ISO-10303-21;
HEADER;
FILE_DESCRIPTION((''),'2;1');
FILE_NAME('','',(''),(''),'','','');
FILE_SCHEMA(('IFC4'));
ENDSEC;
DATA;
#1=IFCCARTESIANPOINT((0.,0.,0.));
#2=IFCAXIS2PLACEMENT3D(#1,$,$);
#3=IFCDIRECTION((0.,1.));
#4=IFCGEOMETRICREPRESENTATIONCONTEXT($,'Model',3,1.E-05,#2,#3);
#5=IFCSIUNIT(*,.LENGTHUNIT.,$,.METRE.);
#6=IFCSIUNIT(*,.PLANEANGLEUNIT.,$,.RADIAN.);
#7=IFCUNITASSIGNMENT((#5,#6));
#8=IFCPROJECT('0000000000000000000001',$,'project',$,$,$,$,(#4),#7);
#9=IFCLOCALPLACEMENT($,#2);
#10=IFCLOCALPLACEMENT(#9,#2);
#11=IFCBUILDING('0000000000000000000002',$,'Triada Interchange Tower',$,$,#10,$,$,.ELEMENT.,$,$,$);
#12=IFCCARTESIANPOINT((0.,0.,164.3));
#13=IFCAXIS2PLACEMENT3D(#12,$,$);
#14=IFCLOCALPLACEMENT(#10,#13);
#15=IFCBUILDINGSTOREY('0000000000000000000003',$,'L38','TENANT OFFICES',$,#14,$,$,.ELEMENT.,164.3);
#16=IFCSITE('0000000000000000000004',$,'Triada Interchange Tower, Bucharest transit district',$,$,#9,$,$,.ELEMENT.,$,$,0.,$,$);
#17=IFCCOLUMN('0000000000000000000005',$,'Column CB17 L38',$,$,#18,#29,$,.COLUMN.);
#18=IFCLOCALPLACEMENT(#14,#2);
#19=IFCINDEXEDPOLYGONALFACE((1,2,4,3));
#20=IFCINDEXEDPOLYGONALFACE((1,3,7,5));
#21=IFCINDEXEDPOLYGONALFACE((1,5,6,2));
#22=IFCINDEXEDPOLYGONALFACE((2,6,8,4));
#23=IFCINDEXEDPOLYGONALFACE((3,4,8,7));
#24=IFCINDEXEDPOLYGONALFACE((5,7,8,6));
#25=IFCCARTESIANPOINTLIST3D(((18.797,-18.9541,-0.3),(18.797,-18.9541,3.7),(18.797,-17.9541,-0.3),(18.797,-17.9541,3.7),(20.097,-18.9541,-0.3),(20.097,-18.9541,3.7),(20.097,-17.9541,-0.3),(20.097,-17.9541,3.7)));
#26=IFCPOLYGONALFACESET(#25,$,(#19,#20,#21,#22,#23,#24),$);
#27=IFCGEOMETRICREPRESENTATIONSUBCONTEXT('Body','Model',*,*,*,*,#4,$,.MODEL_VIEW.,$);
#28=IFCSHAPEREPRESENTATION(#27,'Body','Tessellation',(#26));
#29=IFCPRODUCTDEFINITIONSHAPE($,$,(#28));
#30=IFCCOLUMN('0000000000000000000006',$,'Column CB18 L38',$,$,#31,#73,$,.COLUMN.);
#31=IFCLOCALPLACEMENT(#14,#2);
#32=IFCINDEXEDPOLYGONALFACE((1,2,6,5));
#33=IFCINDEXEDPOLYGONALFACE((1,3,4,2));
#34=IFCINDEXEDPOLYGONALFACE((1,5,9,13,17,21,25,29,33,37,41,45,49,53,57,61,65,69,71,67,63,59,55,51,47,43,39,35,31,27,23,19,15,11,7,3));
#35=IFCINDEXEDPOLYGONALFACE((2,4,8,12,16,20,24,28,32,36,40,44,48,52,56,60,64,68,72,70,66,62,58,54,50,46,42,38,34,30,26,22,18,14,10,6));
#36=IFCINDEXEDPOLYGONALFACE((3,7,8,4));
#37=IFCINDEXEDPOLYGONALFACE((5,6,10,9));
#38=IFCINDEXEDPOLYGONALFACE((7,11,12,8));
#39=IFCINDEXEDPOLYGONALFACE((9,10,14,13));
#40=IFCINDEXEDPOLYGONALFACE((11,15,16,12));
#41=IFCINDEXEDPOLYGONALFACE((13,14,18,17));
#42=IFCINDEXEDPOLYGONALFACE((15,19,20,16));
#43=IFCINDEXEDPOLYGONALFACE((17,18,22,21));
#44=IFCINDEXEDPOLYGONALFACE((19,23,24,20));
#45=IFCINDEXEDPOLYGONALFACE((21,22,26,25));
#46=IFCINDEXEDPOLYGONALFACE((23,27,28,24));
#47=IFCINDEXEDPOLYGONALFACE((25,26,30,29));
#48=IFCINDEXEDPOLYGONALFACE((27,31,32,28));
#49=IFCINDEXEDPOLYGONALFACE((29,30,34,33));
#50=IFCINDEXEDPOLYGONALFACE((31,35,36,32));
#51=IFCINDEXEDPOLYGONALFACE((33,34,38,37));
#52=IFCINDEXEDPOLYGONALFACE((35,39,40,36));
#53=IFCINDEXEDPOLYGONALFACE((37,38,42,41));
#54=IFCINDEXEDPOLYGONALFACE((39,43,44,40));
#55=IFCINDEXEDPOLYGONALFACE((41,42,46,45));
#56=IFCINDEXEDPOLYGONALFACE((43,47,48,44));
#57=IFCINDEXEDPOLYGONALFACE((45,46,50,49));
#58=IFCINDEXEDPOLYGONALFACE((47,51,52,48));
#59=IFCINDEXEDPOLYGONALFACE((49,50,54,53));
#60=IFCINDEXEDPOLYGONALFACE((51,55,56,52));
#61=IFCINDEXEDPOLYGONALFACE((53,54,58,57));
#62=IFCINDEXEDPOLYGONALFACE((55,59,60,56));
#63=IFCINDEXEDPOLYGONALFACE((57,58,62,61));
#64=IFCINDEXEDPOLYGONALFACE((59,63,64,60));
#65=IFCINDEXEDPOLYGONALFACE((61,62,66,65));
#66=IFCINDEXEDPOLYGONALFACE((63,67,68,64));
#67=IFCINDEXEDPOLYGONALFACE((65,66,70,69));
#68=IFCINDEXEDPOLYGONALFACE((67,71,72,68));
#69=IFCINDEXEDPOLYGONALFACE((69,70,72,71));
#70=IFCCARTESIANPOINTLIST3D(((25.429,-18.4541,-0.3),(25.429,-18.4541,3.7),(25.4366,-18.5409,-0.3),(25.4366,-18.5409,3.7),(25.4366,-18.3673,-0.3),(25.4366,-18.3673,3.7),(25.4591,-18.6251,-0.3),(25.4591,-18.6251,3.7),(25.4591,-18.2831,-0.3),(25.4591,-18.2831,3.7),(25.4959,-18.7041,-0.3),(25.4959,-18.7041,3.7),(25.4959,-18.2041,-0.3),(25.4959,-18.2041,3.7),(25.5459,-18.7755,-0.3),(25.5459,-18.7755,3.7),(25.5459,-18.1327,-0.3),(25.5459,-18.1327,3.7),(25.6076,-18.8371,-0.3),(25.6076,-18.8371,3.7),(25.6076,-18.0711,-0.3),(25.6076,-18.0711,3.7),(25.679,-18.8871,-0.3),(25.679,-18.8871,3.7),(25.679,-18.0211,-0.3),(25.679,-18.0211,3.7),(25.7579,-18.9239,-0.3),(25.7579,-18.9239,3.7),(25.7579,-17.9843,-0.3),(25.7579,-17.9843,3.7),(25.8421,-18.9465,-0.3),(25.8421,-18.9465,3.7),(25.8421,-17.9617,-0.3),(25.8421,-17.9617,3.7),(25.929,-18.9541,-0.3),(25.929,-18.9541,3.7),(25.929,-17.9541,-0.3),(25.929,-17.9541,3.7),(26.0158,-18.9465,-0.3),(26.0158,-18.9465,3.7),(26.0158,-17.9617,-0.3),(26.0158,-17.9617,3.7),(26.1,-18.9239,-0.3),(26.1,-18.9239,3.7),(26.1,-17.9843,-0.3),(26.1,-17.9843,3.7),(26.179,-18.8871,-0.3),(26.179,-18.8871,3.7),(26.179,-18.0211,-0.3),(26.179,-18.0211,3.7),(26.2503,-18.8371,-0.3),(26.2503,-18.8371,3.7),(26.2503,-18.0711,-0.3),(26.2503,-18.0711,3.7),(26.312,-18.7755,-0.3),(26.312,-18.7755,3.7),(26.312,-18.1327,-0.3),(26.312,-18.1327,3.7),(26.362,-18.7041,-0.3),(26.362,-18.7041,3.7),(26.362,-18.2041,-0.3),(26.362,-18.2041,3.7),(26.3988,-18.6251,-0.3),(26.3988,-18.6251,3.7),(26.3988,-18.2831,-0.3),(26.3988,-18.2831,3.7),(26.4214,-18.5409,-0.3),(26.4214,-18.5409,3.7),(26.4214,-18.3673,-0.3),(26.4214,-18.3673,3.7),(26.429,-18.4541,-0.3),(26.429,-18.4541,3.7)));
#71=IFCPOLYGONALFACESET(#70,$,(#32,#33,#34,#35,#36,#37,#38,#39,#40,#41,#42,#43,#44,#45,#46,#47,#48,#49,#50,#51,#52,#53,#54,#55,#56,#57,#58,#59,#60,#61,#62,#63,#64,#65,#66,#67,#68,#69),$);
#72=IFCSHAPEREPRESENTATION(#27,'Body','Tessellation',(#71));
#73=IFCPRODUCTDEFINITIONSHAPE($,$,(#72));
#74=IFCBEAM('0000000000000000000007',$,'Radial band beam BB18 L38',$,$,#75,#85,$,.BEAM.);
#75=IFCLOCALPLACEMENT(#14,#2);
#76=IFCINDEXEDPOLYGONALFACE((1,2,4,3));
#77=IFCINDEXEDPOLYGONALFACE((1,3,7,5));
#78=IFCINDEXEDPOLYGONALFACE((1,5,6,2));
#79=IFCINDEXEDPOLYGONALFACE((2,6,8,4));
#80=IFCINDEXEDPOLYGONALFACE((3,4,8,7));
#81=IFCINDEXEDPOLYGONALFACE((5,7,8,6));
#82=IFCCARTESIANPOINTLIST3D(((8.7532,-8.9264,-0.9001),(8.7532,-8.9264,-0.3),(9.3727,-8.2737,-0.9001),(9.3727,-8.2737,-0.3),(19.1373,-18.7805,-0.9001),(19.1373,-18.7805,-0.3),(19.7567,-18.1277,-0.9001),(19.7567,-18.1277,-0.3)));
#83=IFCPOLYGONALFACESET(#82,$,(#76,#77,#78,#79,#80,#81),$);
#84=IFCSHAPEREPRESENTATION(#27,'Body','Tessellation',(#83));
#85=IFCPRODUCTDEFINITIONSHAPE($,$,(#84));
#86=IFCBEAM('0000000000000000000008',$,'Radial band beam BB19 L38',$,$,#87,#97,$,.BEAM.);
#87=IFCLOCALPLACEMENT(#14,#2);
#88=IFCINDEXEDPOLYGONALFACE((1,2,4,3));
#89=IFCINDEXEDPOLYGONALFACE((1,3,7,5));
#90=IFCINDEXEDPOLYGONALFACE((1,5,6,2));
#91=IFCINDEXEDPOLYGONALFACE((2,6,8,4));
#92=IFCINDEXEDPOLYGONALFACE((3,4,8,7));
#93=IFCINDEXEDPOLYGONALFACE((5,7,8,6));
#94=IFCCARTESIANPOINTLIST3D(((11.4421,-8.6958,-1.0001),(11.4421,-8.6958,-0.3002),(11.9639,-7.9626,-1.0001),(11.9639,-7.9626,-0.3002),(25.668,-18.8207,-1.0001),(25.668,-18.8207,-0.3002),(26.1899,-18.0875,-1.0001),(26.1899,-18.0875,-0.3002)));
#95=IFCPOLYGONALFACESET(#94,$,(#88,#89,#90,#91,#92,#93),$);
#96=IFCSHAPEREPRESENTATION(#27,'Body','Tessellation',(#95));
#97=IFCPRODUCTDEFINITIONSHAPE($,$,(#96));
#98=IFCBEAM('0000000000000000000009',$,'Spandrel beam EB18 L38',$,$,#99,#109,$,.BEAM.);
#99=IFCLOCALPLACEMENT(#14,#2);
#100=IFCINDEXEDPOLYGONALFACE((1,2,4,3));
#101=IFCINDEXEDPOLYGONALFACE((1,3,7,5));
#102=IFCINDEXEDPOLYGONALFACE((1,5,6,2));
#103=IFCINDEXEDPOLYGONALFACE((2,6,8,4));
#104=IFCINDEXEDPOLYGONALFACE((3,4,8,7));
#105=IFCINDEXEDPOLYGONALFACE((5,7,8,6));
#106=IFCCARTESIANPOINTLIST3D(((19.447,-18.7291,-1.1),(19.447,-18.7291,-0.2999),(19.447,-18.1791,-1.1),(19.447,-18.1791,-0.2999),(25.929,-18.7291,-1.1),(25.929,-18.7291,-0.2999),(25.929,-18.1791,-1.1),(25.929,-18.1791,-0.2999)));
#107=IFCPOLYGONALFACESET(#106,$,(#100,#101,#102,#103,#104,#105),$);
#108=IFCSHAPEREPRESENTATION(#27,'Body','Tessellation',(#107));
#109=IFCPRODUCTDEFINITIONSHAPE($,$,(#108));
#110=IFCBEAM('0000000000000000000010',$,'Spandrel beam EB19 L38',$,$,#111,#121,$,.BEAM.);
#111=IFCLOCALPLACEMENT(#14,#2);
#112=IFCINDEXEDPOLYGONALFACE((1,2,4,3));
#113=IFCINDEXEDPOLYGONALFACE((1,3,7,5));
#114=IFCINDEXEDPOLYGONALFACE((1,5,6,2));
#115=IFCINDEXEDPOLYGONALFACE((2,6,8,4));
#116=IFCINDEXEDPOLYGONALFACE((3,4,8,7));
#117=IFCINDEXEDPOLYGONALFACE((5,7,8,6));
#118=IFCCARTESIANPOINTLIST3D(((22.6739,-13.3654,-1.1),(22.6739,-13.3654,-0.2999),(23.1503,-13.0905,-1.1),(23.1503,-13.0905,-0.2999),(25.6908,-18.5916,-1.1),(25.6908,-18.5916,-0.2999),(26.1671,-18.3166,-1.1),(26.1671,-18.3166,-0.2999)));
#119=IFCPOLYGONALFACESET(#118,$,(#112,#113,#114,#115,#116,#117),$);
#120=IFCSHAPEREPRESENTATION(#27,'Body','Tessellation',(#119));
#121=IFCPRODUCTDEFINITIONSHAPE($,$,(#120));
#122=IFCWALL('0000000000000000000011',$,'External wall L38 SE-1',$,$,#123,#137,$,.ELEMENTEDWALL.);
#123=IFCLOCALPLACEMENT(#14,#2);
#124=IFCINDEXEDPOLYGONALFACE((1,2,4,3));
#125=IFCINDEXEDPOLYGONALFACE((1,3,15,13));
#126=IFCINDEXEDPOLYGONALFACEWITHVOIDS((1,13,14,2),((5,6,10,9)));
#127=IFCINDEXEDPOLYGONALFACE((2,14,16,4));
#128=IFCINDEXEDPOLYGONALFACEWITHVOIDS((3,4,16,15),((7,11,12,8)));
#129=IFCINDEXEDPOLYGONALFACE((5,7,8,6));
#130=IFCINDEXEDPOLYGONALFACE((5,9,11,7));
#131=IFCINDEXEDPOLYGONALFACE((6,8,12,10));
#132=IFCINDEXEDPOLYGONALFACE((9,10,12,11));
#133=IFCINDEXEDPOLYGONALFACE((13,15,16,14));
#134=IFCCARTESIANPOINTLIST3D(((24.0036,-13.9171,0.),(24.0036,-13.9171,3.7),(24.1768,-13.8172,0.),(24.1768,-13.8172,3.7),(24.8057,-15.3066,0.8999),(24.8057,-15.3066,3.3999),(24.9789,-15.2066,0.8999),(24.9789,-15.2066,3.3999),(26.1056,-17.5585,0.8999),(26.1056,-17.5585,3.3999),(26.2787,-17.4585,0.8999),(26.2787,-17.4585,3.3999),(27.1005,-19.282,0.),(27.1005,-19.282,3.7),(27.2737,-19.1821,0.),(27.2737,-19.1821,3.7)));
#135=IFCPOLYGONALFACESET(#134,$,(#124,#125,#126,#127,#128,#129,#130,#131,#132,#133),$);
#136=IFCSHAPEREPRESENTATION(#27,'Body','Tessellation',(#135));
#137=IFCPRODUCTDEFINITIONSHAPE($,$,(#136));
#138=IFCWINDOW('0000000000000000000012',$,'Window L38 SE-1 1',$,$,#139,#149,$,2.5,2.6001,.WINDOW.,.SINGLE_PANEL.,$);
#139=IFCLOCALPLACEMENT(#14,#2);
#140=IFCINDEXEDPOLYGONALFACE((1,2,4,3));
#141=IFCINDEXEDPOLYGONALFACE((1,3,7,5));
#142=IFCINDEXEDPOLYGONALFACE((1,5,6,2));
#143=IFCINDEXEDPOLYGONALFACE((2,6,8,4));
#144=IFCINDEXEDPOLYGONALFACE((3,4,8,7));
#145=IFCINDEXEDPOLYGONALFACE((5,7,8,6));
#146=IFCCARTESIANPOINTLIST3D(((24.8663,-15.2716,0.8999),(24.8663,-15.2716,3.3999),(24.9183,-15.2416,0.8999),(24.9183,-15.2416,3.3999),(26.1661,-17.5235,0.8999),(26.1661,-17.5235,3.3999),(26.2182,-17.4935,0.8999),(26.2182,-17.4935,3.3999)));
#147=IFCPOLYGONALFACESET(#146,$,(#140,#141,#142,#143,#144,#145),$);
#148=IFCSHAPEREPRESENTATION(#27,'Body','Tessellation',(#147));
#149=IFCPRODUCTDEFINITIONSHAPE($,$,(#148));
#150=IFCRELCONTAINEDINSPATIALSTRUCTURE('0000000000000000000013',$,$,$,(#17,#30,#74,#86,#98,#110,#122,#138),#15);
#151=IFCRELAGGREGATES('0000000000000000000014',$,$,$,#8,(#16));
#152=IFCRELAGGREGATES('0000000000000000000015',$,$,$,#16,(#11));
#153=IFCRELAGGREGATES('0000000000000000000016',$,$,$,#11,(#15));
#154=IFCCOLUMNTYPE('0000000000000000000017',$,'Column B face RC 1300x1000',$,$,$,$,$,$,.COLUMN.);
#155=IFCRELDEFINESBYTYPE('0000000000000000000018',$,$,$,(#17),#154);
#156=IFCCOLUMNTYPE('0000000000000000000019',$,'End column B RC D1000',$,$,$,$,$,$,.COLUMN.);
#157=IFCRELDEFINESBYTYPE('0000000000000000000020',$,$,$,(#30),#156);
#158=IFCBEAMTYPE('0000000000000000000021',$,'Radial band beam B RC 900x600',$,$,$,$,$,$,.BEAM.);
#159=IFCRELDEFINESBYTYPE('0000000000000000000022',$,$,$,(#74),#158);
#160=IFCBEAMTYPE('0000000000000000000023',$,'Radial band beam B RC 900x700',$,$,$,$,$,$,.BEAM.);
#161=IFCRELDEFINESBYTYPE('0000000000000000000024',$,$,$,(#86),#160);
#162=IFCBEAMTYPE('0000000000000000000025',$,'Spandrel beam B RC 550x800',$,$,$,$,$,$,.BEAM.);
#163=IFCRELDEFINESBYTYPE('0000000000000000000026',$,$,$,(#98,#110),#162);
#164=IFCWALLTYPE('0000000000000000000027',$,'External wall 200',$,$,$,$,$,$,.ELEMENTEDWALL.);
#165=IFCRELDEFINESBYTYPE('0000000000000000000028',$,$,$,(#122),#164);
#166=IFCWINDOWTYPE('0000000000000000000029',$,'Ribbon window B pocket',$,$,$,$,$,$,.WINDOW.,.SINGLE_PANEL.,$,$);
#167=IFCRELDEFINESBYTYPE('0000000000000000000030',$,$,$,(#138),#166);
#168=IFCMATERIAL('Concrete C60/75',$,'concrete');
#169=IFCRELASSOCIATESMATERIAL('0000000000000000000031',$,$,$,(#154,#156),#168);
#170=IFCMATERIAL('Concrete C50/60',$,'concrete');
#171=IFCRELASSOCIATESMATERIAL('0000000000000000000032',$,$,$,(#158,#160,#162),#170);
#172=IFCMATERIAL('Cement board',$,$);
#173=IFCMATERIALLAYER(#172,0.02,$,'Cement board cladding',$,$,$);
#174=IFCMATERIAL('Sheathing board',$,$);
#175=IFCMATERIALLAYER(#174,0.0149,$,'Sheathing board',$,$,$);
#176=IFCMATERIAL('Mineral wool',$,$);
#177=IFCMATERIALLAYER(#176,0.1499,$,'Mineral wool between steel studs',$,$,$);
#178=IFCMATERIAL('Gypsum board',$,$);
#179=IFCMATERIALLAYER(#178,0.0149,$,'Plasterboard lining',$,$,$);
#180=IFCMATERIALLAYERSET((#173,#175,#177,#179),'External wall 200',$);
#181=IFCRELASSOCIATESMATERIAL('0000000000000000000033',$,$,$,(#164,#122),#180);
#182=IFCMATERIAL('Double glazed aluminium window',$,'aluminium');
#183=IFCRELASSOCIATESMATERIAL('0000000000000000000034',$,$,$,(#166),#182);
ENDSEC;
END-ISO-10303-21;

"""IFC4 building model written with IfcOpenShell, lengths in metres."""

from ifc_helpers import new_model, si_unit, direction, frame, frame_2d, origin, origin_2d, place, context, subcontext, project, spatial, rectangle, circle, extrude, material, layer, layer_set, layer_usage, material_profile, profile_set, type_object, element, fill, save


model = new_model("IFC4")

# Units and contexts
model_context = context("Model", 3, precision=1e-05, world=origin(), true_north=direction((0.0, 1.0)))
body_context = subcontext(model_context, "Body", "Model", "MODEL_VIEW")
ifc_project = project(units=[si_unit("LENGTHUNIT", "METRE"), si_unit("PLANEANGLEUNIT", "RADIAN")], contexts=[model_context])

# Site, building, storey
site_placement = place(None, origin())
site = spatial("IfcSite", under=ifc_project, at=site_placement, Name="Triada Interchange Tower, Bucharest transit district", CompositionType="ELEMENT", RefElevation=0.0)
building_placement = place(site_placement, origin())
building = spatial("IfcBuilding", under=site, at=building_placement, Name="Triada Interchange Tower", CompositionType="ELEMENT")
storey_placement = place(building_placement, frame((0.0, 0.0, 164.3)))
storey = spatial("IfcBuildingStorey", under=building, at=storey_placement, Name="L38", Description="TENANT OFFICES", CompositionType="ELEMENT", Elevation=164.3)

# Columns
ifc_material_1 = material(Name="Concrete C60/75", Category="concrete")
ifc_material_profile_1 = material_profile(ifc_material_1, rectangle(XDim=1.3, YDim=1.0, at=origin_2d()), Name="RC 1300x1000")
ifc_profile_set_1 = profile_set([ifc_material_profile_1], Name="Concrete C60/75")
column_type_1 = type_object("IfcColumnType", Name="Column B face RC 1300x1000", PredefinedType="COLUMN", material=ifc_profile_set_1)
column_1_placement = place(storey_placement, frame((19.447, -18.4541, -0.3), z_axis=(0.0, 0.0, 1.0), x_axis=(1.0, 0.0, 0.0)))
element("IfcColumn", 1, at=column_1_placement, inside=storey, type_object=column_type_1, Name="Column CB17 L38", PredefinedType="COLUMN", context=body_context, shape_type="SweptSolid", body=[
    extrude(rectangle(XDim=1.3, YDim=1.0, at=origin_2d()), origin(), (0.0, 0.0, 1.0), 4.0),
])
ifc_material_profile_2 = material_profile(ifc_material_1, circle(Radius=0.5, at=origin_2d()), Name="RC D1000")
ifc_profile_set_2 = profile_set([ifc_material_profile_2], Name="Concrete C60/75")
column_type_2 = type_object("IfcColumnType", Name="End column B RC D1000", PredefinedType="COLUMN", material=ifc_profile_set_2)
column_2_placement = place(storey_placement, frame((25.929, -18.4541, -0.3), z_axis=(0.0, 0.0, 1.0), x_axis=(1.0, 0.0, 0.0)))
element("IfcColumn", 2, at=column_2_placement, inside=storey, type_object=column_type_2, Name="Column CB18 L38", PredefinedType="COLUMN", context=body_context, shape_type="SweptSolid", body=[
    extrude(circle(Radius=0.5, at=origin_2d()), origin(), (0.0, 0.0, 1.0), 4.0),
])

# Beams
ifc_material_2 = material(Name="Concrete C50/60", Category="concrete")
ifc_material_profile_3 = material_profile(ifc_material_2, rectangle(XDim=0.8999, YDim=0.6001, at=origin_2d()), Name="RC 900x600")
ifc_profile_set_3 = profile_set([ifc_material_profile_3], Name="Concrete C50/60")
beam_type_1 = type_object("IfcBeamType", Name="Radial band beam B RC 900x600", PredefinedType="BEAM", material=ifc_profile_set_3)
beam_1_placement = place(storey_placement, frame((19.447, -18.4541, -0.6001), z_axis=(-0.725377, 0.688352, 0.0), x_axis=(-0.688352, -0.725377, 0.0)))
element("IfcBeam", 3, at=beam_1_placement, inside=storey, type_object=beam_type_1, Name="Radial band beam BB18 L38", PredefinedType="BEAM", context=body_context, shape_type="SweptSolid", body=[
    extrude(rectangle(XDim=0.8999, YDim=0.6001, at=origin_2d()), origin(), (0.0, 0.0, 1.0), 14.3154),
])
ifc_material_profile_4 = material_profile(ifc_material_2, rectangle(XDim=0.8999, YDim=0.7, at=origin_2d()), Name="RC 900x700")
ifc_profile_set_4 = profile_set([ifc_material_profile_4], Name="Concrete C50/60")
beam_type_2 = type_object("IfcBeamType", Name="Radial band beam B RC 900x700", PredefinedType="BEAM", material=ifc_profile_set_4)
beam_2_placement = place(storey_placement, frame((25.929, -18.4541, -0.6501), z_axis=(-0.81472, 0.579854, 0.0), x_axis=(-0.579854, -0.81472, 0.0)))
element("IfcBeam", 4, at=beam_2_placement, inside=storey, type_object=beam_type_2, Name="Radial band beam BB19 L38", PredefinedType="BEAM", context=body_context, shape_type="SweptSolid", body=[
    extrude(rectangle(XDim=0.8999, YDim=0.7, at=origin_2d()), origin(), (0.0, 0.0, 1.0), 17.4612),
])
ifc_material_profile_5 = material_profile(ifc_material_2, rectangle(XDim=0.55, YDim=0.8, at=origin_2d()), Name="RC 550x800")
ifc_profile_set_5 = profile_set([ifc_material_profile_5], Name="Concrete C50/60")
beam_type_3 = type_object("IfcBeamType", Name="Spandrel beam B RC 550x800", PredefinedType="BEAM", material=ifc_profile_set_5)
beam_3_placement = place(storey_placement, frame((19.447, -18.4541, -0.7), z_axis=(1.0, 0.0, 0.0), x_axis=(0.0, 1.0, 0.0)))
element("IfcBeam", 5, at=beam_3_placement, inside=storey, type_object=beam_type_3, Name="Spandrel beam EB18 L38", PredefinedType="BEAM", context=body_context, shape_type="SweptSolid", body=[
    extrude(rectangle(XDim=0.55, YDim=0.8, at=origin_2d()), origin(), (0.0, 0.0, 1.0), 6.4819),
])
beam_4_placement = place(storey_placement, frame((25.929, -18.4541, -0.7), z_axis=(-0.499947, 0.866056, 0.0), x_axis=(-0.866056, -0.499947, 0.0)))
element("IfcBeam", 6, at=beam_4_placement, inside=storey, type_object=beam_type_3, Name="Spandrel beam EB19 L38", PredefinedType="BEAM", context=body_context, shape_type="SweptSolid", body=[
    extrude(rectangle(XDim=0.55, YDim=0.8, at=origin_2d()), origin(), (0.0, 0.0, 1.0), 6.0344),
])

# Wall, opening, window
ifc_material_3 = material(Name="Cement board")
ifc_layer_1 = layer(ifc_material_3, 0.02, Name="Cement board cladding")
ifc_material_4 = material(Name="Sheathing board")
ifc_layer_2 = layer(ifc_material_4, 0.0149, Name="Sheathing board")
ifc_material_5 = material(Name="Mineral wool")
ifc_layer_3 = layer(ifc_material_5, 0.1499, Name="Mineral wool between steel studs")
ifc_material_6 = material(Name="Gypsum board")
ifc_layer_4 = layer(ifc_material_6, 0.0149, Name="Plasterboard lining")
ifc_layer_set_1 = layer_set([ifc_layer_1, ifc_layer_2, ifc_layer_3, ifc_layer_4], Name="External wall 200")
ifc_layer_usage = layer_usage(ifc_layer_set_1, "AXIS2", "POSITIVE", -0.1001)
wall_type_1 = type_object("IfcWallType", Name="External wall 200", PredefinedType="ELEMENTEDWALL", material=ifc_layer_set_1)
wall_1_placement = place(storey_placement, frame((27.187, -19.2319, 0.0), z_axis=(0.0, 0.0, 1.0), x_axis=(-0.499933, 0.866064, 0.0)))
wall_1 = element("IfcWall", 7, at=wall_1_placement, inside=storey, type_object=wall_type_1, material=ifc_layer_usage, Name="External wall L38 SE-1", PredefinedType="ELEMENTEDWALL", context=body_context, shape_type="SweptSolid", body=[
    extrude(rectangle(XDim=6.1946, YDim=0.2, at=frame_2d((3.0972, 0.0))), origin(), (0.0, 0.0, 1.0), 3.7),
])
opening_1_placement = place(wall_1_placement, frame((1.99, 0.0, 0.8999)))
opening_1 = element("IfcOpeningElement", 8, at=opening_1_placement, cuts=wall_1, PredefinedType="OPENING", context=body_context, shape_type="SweptSolid", body=[
    extrude(rectangle(XDim=2.6001, YDim=2.5, at=frame_2d((1.3, 1.25))), frame((0.0, 0.1099, 0.0), z_axis=(0.0, -1.0, 0.0), x_axis=(1.0, 0.0, 0.0)), (0.0, 0.0, 1.0), 0.22),
])
ifc_material_7 = material(Name="Double glazed aluminium window", Category="aluminium")
window_type_1 = type_object("IfcWindowType", Name="Ribbon window B pocket", PartitioningType="SINGLE_PANEL", PredefinedType="WINDOW", material=ifc_material_7)
window_1_placement = place(opening_1_placement, origin())
window_1 = element("IfcWindow", 9, at=window_1_placement, inside=storey, type_object=window_type_1, Name="Window L38 SE-1 1", OverallHeight=2.5, OverallWidth=2.6001, PartitioningType="SINGLE_PANEL", PredefinedType="WINDOW", context=body_context, shape_type="SweptSolid", body=[
    extrude(rectangle(XDim=2.6001, YDim=2.5, at=frame_2d((1.3, 1.25))), frame((0.0, 0.03, 0.0), z_axis=(0.0, -1.0, 0.0), x_axis=(1.0, 0.0, 0.0)), (0.0, 0.0, 1.0), 0.0601),
])
fill(opening_1, window_1)

save(model, "model.ifc")
